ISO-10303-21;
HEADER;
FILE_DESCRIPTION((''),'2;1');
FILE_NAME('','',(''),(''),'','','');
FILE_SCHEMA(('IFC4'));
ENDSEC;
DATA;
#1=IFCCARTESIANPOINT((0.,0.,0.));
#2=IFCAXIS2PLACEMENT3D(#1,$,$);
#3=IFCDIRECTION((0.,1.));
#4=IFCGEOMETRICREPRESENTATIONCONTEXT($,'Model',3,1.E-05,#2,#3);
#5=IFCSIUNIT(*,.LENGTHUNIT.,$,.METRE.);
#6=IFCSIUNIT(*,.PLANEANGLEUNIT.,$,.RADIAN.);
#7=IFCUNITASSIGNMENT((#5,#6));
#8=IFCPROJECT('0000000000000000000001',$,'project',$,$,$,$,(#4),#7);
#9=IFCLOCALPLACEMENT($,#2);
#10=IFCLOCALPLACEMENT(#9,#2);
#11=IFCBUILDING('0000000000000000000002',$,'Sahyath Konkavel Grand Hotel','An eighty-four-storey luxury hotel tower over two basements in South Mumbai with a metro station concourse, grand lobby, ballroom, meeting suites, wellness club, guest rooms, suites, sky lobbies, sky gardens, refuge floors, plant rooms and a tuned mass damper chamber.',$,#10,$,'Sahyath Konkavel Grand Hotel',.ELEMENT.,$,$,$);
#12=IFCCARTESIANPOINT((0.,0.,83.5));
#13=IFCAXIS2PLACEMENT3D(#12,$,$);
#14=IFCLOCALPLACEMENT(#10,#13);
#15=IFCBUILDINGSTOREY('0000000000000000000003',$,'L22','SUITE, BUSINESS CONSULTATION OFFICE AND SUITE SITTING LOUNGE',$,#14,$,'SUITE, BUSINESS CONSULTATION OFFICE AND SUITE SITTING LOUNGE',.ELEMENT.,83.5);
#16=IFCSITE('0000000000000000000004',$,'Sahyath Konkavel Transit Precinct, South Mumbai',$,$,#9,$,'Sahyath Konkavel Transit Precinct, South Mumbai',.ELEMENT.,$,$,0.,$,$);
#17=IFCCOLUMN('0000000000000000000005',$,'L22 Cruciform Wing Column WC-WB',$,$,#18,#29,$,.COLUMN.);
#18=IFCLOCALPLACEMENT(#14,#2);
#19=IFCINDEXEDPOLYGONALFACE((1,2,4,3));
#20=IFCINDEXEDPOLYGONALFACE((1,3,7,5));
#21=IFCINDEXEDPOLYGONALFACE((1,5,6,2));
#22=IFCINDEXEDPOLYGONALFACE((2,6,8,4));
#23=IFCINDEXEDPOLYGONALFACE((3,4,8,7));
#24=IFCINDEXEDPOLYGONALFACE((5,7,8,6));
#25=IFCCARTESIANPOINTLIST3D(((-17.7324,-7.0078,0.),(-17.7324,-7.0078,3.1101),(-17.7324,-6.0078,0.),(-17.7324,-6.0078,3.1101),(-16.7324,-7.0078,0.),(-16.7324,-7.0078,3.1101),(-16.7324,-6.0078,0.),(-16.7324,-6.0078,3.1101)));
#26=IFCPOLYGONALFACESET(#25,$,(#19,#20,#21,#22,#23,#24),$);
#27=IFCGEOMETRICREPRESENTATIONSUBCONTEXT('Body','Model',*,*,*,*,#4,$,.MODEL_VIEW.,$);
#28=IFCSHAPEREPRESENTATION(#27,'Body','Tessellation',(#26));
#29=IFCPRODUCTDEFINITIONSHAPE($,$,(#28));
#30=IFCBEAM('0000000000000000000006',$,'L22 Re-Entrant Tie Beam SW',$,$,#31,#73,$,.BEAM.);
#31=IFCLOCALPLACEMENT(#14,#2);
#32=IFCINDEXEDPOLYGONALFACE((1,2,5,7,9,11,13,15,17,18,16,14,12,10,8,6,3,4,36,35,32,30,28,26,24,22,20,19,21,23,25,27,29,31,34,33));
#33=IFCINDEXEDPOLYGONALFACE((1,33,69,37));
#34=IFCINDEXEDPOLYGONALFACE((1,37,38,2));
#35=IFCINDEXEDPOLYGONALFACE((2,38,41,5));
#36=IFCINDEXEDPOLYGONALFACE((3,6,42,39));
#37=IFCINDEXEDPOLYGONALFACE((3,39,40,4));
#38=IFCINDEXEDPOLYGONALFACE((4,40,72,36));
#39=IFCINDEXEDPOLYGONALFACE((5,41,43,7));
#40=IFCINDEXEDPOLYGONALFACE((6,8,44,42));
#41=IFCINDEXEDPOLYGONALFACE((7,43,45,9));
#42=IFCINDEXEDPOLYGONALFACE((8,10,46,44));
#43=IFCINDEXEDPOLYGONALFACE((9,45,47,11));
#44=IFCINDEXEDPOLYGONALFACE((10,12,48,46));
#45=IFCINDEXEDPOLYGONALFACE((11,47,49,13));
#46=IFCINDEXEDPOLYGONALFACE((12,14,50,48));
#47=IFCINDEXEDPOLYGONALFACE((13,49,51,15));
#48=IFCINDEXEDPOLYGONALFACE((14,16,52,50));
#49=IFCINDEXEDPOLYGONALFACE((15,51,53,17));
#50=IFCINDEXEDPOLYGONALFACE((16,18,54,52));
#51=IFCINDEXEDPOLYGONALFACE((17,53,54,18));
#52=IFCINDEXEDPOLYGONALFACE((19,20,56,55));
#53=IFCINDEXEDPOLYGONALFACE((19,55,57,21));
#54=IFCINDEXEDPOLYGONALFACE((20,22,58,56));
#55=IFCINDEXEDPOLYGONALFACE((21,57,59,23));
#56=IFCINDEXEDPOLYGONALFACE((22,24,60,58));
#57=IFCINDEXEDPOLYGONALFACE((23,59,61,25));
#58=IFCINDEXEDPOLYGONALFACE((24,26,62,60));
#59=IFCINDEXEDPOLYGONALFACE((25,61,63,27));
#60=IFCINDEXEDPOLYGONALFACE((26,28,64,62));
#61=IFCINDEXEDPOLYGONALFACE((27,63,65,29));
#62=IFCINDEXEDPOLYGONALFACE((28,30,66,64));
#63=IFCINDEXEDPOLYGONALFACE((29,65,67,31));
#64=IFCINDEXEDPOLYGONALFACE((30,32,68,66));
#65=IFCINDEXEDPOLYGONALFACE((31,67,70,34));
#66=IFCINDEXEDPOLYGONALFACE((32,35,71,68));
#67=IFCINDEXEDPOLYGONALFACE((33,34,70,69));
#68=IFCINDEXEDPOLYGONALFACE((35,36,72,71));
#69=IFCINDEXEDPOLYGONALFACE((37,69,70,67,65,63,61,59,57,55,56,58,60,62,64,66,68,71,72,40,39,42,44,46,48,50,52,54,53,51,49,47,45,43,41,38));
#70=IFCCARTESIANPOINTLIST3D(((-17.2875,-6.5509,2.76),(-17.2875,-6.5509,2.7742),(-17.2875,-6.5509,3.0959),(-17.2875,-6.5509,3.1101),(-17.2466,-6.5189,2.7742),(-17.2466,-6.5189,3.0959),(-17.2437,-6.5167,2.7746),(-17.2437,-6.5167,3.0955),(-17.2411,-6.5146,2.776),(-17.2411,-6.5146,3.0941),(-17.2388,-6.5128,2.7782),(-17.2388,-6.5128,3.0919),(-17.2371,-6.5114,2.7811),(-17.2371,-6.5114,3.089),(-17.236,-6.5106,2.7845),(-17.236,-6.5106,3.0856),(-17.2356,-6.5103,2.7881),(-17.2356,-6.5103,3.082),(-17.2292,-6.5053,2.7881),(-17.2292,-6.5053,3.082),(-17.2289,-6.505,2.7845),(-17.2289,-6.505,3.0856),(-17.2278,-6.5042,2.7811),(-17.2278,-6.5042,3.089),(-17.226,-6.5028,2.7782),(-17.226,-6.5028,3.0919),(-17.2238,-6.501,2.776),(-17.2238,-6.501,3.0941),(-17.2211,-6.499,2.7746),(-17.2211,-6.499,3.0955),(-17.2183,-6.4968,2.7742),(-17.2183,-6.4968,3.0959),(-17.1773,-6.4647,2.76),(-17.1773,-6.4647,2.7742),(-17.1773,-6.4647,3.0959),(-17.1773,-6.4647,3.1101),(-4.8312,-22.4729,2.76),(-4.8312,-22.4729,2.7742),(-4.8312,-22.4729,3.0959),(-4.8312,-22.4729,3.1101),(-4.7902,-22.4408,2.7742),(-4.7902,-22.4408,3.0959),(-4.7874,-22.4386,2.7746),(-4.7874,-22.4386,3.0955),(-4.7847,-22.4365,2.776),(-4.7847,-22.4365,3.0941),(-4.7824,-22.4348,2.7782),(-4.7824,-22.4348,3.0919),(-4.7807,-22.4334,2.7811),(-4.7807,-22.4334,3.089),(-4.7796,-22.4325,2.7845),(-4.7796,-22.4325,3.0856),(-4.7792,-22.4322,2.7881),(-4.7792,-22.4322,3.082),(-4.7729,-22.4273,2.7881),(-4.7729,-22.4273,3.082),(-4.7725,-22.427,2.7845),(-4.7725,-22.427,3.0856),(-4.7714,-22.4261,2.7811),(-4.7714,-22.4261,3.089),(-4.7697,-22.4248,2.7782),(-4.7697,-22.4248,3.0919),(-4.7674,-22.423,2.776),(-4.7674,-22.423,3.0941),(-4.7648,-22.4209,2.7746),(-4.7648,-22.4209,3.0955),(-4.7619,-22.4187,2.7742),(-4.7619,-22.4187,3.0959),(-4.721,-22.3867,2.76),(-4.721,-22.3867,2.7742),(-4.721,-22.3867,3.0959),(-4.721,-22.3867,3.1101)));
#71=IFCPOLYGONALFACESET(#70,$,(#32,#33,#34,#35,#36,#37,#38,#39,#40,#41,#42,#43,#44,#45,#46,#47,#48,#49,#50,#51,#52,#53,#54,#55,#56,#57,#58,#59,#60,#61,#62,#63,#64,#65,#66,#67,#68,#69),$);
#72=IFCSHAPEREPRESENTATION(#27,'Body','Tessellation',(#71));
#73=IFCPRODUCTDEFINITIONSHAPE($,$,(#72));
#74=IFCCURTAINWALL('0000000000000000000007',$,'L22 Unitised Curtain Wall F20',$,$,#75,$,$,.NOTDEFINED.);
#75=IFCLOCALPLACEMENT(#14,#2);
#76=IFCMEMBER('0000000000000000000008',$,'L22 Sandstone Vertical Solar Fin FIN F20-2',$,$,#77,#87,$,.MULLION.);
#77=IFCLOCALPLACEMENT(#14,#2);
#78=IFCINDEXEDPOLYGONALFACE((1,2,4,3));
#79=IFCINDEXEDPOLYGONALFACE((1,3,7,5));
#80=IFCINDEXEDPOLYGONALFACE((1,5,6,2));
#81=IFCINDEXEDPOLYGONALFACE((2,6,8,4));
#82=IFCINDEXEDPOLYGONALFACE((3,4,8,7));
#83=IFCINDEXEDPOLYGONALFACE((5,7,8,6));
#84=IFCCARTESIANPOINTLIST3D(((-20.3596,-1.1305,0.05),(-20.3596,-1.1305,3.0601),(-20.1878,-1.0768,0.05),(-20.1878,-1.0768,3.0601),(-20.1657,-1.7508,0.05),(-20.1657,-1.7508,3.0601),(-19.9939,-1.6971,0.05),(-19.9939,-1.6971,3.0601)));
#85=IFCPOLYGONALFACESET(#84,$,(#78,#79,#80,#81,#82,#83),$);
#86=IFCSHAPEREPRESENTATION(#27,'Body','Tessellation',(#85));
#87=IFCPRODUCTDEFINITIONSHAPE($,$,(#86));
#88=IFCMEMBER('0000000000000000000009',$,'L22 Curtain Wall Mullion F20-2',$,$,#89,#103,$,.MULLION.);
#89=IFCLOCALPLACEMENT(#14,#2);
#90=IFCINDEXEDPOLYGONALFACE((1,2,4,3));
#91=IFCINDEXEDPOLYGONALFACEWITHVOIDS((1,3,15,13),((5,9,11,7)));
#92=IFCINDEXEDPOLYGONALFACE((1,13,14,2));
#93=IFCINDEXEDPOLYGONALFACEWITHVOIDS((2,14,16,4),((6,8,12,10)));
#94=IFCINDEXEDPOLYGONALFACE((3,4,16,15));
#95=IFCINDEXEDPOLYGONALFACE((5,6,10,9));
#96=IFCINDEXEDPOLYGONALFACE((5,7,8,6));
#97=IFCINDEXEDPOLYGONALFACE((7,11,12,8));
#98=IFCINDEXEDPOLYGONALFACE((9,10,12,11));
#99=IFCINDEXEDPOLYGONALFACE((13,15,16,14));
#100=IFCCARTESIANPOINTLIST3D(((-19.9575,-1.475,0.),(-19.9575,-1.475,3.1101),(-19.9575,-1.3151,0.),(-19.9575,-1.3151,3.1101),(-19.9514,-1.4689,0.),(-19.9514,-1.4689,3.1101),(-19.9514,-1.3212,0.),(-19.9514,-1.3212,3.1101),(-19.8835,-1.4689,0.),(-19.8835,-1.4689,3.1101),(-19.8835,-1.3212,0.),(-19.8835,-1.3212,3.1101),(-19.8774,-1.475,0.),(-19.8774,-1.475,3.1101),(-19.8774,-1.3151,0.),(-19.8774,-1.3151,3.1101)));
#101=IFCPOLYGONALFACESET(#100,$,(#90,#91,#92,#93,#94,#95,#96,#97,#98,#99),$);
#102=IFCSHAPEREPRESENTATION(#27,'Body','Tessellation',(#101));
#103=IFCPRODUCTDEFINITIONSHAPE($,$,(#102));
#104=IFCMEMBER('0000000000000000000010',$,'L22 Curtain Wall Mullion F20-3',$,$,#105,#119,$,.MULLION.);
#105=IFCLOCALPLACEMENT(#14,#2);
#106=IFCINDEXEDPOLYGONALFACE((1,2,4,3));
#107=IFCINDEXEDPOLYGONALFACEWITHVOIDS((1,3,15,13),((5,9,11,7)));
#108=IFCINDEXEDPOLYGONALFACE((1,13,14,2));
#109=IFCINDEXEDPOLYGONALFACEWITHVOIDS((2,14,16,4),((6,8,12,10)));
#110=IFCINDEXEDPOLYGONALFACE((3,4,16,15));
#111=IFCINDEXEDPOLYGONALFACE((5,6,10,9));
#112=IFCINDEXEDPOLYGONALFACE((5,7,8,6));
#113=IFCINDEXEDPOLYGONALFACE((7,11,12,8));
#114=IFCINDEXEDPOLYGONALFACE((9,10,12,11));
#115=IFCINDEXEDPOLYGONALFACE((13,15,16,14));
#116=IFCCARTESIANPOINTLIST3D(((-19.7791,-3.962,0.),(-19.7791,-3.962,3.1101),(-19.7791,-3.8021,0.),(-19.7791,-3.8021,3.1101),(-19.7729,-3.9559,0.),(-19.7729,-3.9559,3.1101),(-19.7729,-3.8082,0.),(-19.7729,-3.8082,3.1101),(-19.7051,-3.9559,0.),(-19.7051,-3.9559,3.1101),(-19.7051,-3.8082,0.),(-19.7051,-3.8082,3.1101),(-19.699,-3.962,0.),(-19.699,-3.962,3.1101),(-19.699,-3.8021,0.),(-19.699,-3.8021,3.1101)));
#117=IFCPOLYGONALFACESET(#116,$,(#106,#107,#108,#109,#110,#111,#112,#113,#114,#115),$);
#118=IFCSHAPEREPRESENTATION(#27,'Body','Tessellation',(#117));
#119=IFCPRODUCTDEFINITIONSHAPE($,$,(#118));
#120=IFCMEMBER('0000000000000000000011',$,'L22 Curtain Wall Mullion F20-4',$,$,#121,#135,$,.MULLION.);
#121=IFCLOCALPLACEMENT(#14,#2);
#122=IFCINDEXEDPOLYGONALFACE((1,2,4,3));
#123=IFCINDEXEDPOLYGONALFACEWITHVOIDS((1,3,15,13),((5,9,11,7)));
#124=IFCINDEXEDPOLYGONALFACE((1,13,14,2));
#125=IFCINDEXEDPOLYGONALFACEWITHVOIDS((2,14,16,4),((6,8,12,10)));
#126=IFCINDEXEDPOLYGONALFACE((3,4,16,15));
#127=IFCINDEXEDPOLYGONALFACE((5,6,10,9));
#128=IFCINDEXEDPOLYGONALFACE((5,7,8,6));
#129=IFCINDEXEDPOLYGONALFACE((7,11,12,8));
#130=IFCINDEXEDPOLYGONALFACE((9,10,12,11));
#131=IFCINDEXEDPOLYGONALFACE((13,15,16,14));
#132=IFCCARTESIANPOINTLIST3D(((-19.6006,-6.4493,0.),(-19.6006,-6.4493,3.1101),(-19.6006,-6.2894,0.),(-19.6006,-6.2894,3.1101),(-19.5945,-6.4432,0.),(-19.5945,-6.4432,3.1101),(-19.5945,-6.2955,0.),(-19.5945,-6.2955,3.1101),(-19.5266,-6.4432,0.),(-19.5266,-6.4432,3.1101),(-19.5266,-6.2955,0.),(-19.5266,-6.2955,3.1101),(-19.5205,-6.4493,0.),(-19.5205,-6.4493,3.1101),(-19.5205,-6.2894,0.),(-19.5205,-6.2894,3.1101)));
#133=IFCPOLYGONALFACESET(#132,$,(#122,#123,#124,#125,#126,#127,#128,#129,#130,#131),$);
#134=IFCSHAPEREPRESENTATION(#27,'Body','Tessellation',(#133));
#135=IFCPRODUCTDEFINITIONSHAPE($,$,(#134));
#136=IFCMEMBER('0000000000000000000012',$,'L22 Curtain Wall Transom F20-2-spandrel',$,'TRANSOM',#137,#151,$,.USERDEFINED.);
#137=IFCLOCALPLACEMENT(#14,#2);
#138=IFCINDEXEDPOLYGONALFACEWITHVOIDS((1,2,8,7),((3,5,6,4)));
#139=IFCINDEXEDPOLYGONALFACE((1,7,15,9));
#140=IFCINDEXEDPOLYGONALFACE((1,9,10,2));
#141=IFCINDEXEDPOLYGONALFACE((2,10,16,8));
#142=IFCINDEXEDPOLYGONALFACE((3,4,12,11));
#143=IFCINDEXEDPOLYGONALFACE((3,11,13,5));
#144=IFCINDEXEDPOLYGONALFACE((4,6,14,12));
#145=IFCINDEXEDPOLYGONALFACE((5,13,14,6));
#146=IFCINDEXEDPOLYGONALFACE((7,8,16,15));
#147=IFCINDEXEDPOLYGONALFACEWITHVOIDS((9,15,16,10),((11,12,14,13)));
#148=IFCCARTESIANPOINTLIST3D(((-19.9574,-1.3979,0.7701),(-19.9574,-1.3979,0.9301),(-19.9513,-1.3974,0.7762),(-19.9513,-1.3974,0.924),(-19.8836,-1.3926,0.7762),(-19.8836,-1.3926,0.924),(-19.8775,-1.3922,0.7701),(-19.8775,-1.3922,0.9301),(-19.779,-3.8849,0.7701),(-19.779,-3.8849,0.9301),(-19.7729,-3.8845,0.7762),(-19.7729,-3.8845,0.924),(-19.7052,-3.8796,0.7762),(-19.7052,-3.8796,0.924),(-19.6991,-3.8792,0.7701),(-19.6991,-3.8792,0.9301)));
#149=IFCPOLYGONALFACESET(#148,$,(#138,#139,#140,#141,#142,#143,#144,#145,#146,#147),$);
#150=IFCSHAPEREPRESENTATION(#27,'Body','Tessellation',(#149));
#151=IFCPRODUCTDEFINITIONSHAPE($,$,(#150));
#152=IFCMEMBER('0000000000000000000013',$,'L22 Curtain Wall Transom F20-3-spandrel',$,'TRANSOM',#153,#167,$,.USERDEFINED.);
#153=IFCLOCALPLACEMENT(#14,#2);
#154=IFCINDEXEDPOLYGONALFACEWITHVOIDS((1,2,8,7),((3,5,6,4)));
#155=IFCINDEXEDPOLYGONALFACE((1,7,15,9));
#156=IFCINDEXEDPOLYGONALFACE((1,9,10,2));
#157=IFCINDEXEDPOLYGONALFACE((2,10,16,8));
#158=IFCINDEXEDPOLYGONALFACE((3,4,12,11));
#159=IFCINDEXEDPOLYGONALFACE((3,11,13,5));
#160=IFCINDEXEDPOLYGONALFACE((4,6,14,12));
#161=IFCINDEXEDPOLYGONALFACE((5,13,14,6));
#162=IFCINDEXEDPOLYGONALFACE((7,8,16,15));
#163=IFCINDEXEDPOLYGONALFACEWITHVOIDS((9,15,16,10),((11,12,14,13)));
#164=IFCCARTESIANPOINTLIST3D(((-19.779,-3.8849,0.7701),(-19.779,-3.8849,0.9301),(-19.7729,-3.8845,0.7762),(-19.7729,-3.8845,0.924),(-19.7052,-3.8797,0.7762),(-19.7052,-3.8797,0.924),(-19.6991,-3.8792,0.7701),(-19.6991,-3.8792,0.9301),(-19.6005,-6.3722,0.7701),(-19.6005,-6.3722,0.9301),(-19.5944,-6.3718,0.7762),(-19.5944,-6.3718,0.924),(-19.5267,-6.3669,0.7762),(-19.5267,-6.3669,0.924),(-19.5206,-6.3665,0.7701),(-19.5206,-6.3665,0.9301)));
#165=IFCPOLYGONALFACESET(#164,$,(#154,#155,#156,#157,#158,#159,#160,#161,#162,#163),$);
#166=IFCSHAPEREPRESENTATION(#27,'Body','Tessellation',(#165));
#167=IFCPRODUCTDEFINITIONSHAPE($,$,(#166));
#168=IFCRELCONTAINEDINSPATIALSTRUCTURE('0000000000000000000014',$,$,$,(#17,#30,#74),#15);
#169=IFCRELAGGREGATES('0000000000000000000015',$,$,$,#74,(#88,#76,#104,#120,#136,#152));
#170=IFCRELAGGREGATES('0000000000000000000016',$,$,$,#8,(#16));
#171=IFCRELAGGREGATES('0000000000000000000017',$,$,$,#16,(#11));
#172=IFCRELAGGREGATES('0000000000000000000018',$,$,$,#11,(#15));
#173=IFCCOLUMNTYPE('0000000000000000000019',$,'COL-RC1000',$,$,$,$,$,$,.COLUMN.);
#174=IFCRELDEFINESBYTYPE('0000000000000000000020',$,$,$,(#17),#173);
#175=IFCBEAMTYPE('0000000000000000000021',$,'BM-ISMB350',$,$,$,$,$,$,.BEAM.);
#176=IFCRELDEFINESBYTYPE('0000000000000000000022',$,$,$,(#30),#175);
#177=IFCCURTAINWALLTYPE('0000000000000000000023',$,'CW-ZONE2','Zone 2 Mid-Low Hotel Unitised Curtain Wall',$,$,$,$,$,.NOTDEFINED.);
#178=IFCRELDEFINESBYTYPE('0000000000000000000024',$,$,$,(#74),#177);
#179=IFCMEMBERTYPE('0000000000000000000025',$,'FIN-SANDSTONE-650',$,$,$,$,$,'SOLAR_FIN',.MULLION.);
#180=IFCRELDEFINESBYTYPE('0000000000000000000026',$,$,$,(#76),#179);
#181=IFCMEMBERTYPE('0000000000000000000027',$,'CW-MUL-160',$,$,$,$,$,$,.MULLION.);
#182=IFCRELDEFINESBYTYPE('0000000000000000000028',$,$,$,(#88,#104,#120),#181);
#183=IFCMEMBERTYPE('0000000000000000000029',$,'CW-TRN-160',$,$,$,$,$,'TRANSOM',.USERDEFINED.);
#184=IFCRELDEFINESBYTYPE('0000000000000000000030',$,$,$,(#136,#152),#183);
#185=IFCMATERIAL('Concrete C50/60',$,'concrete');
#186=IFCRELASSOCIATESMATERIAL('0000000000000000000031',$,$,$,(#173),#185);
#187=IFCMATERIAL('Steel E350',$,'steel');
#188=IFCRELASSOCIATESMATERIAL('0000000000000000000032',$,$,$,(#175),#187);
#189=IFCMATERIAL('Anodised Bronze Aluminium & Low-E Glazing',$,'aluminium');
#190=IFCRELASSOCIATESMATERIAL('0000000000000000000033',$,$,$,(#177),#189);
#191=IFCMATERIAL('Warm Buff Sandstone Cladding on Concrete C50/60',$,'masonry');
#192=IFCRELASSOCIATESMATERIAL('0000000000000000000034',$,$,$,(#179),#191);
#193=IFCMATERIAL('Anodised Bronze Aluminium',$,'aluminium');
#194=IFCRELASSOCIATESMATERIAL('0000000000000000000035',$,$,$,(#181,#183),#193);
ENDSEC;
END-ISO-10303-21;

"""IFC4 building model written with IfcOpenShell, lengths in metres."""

from ifc_helpers import new_model, si_unit, direction, frame, origin, origin_2d, place, context, subcontext, project, spatial, rectangle, hollow_rectangle, i_section, extrude, source, transform, mapped, material, material_profile, profile_set, type_object, element, aggregate, save


model = new_model("IFC4")

# Units and contexts
model_context = context("Model", 3, precision=1e-05, world=origin(), true_north=direction((0.0, 1.0)))
body_context = subcontext(model_context, "Body", "Model", "MODEL_VIEW")
ifc_project = project(units=[si_unit("LENGTHUNIT", "METRE"), si_unit("PLANEANGLEUNIT", "RADIAN")], contexts=[model_context])

# Site, building, storey
site_placement = place(None, origin())
site = spatial("IfcSite", under=ifc_project, at=site_placement, Name="Sahyath Konkavel Transit Precinct, South Mumbai", LongName="Sahyath Konkavel Transit Precinct, South Mumbai", CompositionType="ELEMENT", RefElevation=0.0)
building_placement = place(site_placement, origin())
building = spatial("IfcBuilding", under=site, at=building_placement, Name="Sahyath Konkavel Grand Hotel", Description="An eighty-four-storey luxury hotel tower over two basements in South Mumbai with a metro station concourse, grand lobby, ballroom, meeting suites, wellness club, guest rooms, suites, sky lobbies, sky gardens, refuge floors, plant rooms and a tuned mass damper chamber.", LongName="Sahyath Konkavel Grand Hotel", CompositionType="ELEMENT")
storey_placement = place(building_placement, frame((0.0, 0.0, 83.5)))
storey = spatial("IfcBuildingStorey", under=building, at=storey_placement, Name="L22", Description="SUITE, BUSINESS CONSULTATION OFFICE AND SUITE SITTING LOUNGE", LongName="SUITE, BUSINESS CONSULTATION OFFICE AND SUITE SITTING LOUNGE", CompositionType="ELEMENT", Elevation=83.5)

# Column
ifc_material_1 = material(Name="Concrete C50/60", Category="concrete")
ifc_material_profile_1 = material_profile(ifc_material_1, rectangle(XDim=1.0, YDim=1.0, at=origin_2d()), Name="RC 1000x1000")
ifc_profile_set_1 = profile_set([ifc_material_profile_1], Name="Concrete C50/60")
column_type = type_object("IfcColumnType", Name="COL-RC1000", PredefinedType="COLUMN", material=ifc_profile_set_1)
shared_shape_1 = source(origin(), body_context, "Body", "SweptSolid", [
    extrude(rectangle(XDim=1.0, YDim=1.0, at=origin_2d()), origin(), (0.0, 0.0, 1.0), 3.1101),
])
column_placement = place(storey_placement, frame((-17.2324, -6.5078, 0.0), z_axis=(0.0, 0.0, 1.0), x_axis=(1.0, 0.0, 0.0)))
element("IfcColumn", 1, at=column_placement, inside=storey, type_object=column_type, Name="L22 Cruciform Wing Column WC-WB", PredefinedType="COLUMN", context=body_context, shape_type="MappedRepresentation", body=[
    mapped(shared_shape_1, transform((0.0, 0.0, 0.0), scale=1.0)),
])

# Beam
ifc_material_2 = material(Name="Steel E350", Category="steel")
ifc_material_profile_2 = material_profile(ifc_material_2, i_section(OverallWidth=0.1399, OverallDepth=0.3501, WebThickness=0.0081, FlangeThickness=0.0142, FilletRadius=0.0139, at=origin_2d()), Name="ISMB 350")
ifc_profile_set_2 = profile_set([ifc_material_profile_2], Name="Steel E350")
beam_type_1 = type_object("IfcBeamType", Name="BM-ISMB350", PredefinedType="BEAM", material=ifc_profile_set_2)
shared_shape_2 = source(origin(), body_context, "Body", "SweptSolid", [
    extrude(i_section(OverallWidth=0.1399, OverallDepth=0.3501, WebThickness=0.0081, FlangeThickness=0.0142, FilletRadius=0.0139, at=origin_2d()), origin(), (0.0, 0.0, 1.0), 20.2156),
])
beam_1_placement = place(storey_placement, frame((-17.2324, -6.5078, 2.9351), z_axis=(0.616176, -0.787608, 0.0), x_axis=(0.787608, 0.616176, 0.0)))
element("IfcBeam", 2, at=beam_1_placement, inside=storey, type_object=beam_type_1, Name="L22 Re-Entrant Tie Beam SW", PredefinedType="BEAM", context=body_context, shape_type="MappedRepresentation", body=[
    mapped(shared_shape_2, transform((0.0, 0.0, 0.0), scale=1.0)),
])

# Curtain wall, members
ifc_material_3 = material(Name="Anodised Bronze Aluminium & Low-E Glazing", Category="aluminium")
curtain_wall_type = type_object("IfcCurtainWallType", Name="CW-ZONE2", Description="Zone 2 Mid-Low Hotel Unitised Curtain Wall", PredefinedType="NOTDEFINED", material=ifc_material_3)
curtain_wall_1_placement = place(storey_placement, origin())
curtain_wall_1 = element("IfcCurtainWall", 3, at=curtain_wall_1_placement, inside=storey, type_object=curtain_wall_type, Name="L22 Unitised Curtain Wall F20", PredefinedType="NOTDEFINED")
ifc_material_4 = material(Name="Warm Buff Sandstone Cladding on Concrete C50/60", Category="masonry")
ifc_material_profile_3 = material_profile(ifc_material_4, rectangle(XDim=0.1799, YDim=0.6499, at=origin_2d()), Name="FIN 180x650")
ifc_profile_set_3 = profile_set([ifc_material_profile_3], Name="Warm Buff Sandstone Cladding on Concrete C50/60")
member_type_1 = type_object("IfcMemberType", Name="FIN-SANDSTONE-650", ElementType="SOLAR_FIN", PredefinedType="MULLION", material=ifc_profile_set_3)
shared_shape_3 = source(origin(), body_context, "Body", "SweptSolid", [
    extrude(rectangle(XDim=0.1799, YDim=0.6499, at=origin_2d()), origin(), (0.0, 0.0, 1.0), 3.01),
])
member_1_placement = place(storey_placement, frame((-20.1768, -1.4138, 0.05), z_axis=(0.0, 0.0, 1.0), x_axis=(0.954449, 0.298375, 0.0)))
member_1 = element("IfcMember", 4, at=member_1_placement, type_object=member_type_1, Name="L22 Sandstone Vertical Solar Fin FIN F20-2", PredefinedType="MULLION", context=body_context, shape_type="MappedRepresentation", body=[
    mapped(shared_shape_3, transform((0.0, 0.0, 0.0), scale=1.0)),
])
ifc_material_5 = material(Name="Anodised Bronze Aluminium", Category="aluminium")
ifc_material_profile_4 = material_profile(ifc_material_5, hollow_rectangle(XDim=0.0801, YDim=0.1599, WallThickness=0.0061, at=origin_2d()), Name="RHS 160x80x6")
ifc_profile_set_4 = profile_set([ifc_material_profile_4], Name="Anodised Bronze Aluminium")
member_type_2 = type_object("IfcMemberType", Name="CW-MUL-160", PredefinedType="MULLION", material=ifc_profile_set_4)
shared_shape_4 = source(origin(), body_context, "Body", "SweptSolid", [
    extrude(hollow_rectangle(XDim=0.0801, YDim=0.1599, WallThickness=0.0061, at=origin_2d()), origin(), (0.0, 0.0, 1.0), 3.1101),
])
member_2_placement = place(storey_placement, frame((-19.9175, -1.395, 0.0), z_axis=(0.0, 0.0, 1.0), x_axis=(1.0, 0.0, 0.0)))
member_2 = element("IfcMember", 5, at=member_2_placement, type_object=member_type_2, Name="L22 Curtain Wall Mullion F20-2", PredefinedType="MULLION", context=body_context, shape_type="MappedRepresentation", body=[
    mapped(shared_shape_4, transform((0.0, 0.0, 0.0), scale=1.0)),
])
member_3_placement = place(storey_placement, frame((-19.739, -3.8821, 0.0), z_axis=(0.0, 0.0, 1.0), x_axis=(1.0, 0.0, 0.0)))
member_3 = element("IfcMember", 6, at=member_3_placement, type_object=member_type_2, Name="L22 Curtain Wall Mullion F20-3", PredefinedType="MULLION", context=body_context, shape_type="MappedRepresentation", body=[
    mapped(shared_shape_4, transform((0.0, 0.0, 0.0), scale=1.0)),
])
member_4_placement = place(storey_placement, frame((-19.5605, -6.3694, 0.0), z_axis=(0.0, 0.0, 1.0), x_axis=(1.0, 0.0, 0.0)))
member_4 = element("IfcMember", 7, at=member_4_placement, type_object=member_type_2, Name="L22 Curtain Wall Mullion F20-4", PredefinedType="MULLION", context=body_context, shape_type="MappedRepresentation", body=[
    mapped(shared_shape_4, transform((0.0, 0.0, 0.0), scale=1.0)),
])
ifc_material_profile_5 = material_profile(ifc_material_5, hollow_rectangle(XDim=0.0801, YDim=0.1599, WallThickness=0.0061, at=origin_2d()), Name="RHS 160x80x6")
ifc_profile_set_5 = profile_set([ifc_material_profile_5], Name="Anodised Bronze Aluminium")
member_type_3 = type_object("IfcMemberType", Name="CW-TRN-160", ElementType="TRANSOM", PredefinedType="USERDEFINED", material=ifc_profile_set_5)
shared_shape_5 = source(origin(), body_context, "Body", "SweptSolid", [
    extrude(hollow_rectangle(XDim=0.0801, YDim=0.1599, WallThickness=0.0061, at=origin_2d()), origin(), (0.0, 0.0, 1.0), 2.4934),
])
member_5_placement = place(storey_placement, frame((-19.9175, -1.395, 0.8501), z_axis=(0.071574, -0.997435, 0.0), x_axis=(0.997435, 0.071574, 0.0)))
member_5 = element("IfcMember", 8, at=member_5_placement, type_object=member_type_3, Name="L22 Curtain Wall Transom F20-2-spandrel", ObjectType="TRANSOM", PredefinedType="USERDEFINED", context=body_context, shape_type="MappedRepresentation", body=[
    mapped(shared_shape_5, transform((0.0, 0.0, 0.0), scale=1.0)),
])
shared_shape_6 = source(origin(), body_context, "Body", "SweptSolid", [
    extrude(hollow_rectangle(XDim=0.0801, YDim=0.1599, WallThickness=0.0061, at=origin_2d()), origin(), (0.0, 0.0, 1.0), 2.4937),
])
member_6_placement = place(storey_placement, frame((-19.739, -3.8821, 0.8501), z_axis=(0.071567, -0.997436, 0.0), x_axis=(0.997436, 0.071567, 0.0)))
member_6 = element("IfcMember", 9, at=member_6_placement, type_object=member_type_3, Name="L22 Curtain Wall Transom F20-3-spandrel", ObjectType="TRANSOM", PredefinedType="USERDEFINED", context=body_context, shape_type="MappedRepresentation", body=[
    mapped(shared_shape_6, transform((0.0, 0.0, 0.0), scale=1.0)),
])

aggregate(curtain_wall_1, [member_2, member_1, member_3, member_4, member_5, member_6])

save(model, "model.ifc")
